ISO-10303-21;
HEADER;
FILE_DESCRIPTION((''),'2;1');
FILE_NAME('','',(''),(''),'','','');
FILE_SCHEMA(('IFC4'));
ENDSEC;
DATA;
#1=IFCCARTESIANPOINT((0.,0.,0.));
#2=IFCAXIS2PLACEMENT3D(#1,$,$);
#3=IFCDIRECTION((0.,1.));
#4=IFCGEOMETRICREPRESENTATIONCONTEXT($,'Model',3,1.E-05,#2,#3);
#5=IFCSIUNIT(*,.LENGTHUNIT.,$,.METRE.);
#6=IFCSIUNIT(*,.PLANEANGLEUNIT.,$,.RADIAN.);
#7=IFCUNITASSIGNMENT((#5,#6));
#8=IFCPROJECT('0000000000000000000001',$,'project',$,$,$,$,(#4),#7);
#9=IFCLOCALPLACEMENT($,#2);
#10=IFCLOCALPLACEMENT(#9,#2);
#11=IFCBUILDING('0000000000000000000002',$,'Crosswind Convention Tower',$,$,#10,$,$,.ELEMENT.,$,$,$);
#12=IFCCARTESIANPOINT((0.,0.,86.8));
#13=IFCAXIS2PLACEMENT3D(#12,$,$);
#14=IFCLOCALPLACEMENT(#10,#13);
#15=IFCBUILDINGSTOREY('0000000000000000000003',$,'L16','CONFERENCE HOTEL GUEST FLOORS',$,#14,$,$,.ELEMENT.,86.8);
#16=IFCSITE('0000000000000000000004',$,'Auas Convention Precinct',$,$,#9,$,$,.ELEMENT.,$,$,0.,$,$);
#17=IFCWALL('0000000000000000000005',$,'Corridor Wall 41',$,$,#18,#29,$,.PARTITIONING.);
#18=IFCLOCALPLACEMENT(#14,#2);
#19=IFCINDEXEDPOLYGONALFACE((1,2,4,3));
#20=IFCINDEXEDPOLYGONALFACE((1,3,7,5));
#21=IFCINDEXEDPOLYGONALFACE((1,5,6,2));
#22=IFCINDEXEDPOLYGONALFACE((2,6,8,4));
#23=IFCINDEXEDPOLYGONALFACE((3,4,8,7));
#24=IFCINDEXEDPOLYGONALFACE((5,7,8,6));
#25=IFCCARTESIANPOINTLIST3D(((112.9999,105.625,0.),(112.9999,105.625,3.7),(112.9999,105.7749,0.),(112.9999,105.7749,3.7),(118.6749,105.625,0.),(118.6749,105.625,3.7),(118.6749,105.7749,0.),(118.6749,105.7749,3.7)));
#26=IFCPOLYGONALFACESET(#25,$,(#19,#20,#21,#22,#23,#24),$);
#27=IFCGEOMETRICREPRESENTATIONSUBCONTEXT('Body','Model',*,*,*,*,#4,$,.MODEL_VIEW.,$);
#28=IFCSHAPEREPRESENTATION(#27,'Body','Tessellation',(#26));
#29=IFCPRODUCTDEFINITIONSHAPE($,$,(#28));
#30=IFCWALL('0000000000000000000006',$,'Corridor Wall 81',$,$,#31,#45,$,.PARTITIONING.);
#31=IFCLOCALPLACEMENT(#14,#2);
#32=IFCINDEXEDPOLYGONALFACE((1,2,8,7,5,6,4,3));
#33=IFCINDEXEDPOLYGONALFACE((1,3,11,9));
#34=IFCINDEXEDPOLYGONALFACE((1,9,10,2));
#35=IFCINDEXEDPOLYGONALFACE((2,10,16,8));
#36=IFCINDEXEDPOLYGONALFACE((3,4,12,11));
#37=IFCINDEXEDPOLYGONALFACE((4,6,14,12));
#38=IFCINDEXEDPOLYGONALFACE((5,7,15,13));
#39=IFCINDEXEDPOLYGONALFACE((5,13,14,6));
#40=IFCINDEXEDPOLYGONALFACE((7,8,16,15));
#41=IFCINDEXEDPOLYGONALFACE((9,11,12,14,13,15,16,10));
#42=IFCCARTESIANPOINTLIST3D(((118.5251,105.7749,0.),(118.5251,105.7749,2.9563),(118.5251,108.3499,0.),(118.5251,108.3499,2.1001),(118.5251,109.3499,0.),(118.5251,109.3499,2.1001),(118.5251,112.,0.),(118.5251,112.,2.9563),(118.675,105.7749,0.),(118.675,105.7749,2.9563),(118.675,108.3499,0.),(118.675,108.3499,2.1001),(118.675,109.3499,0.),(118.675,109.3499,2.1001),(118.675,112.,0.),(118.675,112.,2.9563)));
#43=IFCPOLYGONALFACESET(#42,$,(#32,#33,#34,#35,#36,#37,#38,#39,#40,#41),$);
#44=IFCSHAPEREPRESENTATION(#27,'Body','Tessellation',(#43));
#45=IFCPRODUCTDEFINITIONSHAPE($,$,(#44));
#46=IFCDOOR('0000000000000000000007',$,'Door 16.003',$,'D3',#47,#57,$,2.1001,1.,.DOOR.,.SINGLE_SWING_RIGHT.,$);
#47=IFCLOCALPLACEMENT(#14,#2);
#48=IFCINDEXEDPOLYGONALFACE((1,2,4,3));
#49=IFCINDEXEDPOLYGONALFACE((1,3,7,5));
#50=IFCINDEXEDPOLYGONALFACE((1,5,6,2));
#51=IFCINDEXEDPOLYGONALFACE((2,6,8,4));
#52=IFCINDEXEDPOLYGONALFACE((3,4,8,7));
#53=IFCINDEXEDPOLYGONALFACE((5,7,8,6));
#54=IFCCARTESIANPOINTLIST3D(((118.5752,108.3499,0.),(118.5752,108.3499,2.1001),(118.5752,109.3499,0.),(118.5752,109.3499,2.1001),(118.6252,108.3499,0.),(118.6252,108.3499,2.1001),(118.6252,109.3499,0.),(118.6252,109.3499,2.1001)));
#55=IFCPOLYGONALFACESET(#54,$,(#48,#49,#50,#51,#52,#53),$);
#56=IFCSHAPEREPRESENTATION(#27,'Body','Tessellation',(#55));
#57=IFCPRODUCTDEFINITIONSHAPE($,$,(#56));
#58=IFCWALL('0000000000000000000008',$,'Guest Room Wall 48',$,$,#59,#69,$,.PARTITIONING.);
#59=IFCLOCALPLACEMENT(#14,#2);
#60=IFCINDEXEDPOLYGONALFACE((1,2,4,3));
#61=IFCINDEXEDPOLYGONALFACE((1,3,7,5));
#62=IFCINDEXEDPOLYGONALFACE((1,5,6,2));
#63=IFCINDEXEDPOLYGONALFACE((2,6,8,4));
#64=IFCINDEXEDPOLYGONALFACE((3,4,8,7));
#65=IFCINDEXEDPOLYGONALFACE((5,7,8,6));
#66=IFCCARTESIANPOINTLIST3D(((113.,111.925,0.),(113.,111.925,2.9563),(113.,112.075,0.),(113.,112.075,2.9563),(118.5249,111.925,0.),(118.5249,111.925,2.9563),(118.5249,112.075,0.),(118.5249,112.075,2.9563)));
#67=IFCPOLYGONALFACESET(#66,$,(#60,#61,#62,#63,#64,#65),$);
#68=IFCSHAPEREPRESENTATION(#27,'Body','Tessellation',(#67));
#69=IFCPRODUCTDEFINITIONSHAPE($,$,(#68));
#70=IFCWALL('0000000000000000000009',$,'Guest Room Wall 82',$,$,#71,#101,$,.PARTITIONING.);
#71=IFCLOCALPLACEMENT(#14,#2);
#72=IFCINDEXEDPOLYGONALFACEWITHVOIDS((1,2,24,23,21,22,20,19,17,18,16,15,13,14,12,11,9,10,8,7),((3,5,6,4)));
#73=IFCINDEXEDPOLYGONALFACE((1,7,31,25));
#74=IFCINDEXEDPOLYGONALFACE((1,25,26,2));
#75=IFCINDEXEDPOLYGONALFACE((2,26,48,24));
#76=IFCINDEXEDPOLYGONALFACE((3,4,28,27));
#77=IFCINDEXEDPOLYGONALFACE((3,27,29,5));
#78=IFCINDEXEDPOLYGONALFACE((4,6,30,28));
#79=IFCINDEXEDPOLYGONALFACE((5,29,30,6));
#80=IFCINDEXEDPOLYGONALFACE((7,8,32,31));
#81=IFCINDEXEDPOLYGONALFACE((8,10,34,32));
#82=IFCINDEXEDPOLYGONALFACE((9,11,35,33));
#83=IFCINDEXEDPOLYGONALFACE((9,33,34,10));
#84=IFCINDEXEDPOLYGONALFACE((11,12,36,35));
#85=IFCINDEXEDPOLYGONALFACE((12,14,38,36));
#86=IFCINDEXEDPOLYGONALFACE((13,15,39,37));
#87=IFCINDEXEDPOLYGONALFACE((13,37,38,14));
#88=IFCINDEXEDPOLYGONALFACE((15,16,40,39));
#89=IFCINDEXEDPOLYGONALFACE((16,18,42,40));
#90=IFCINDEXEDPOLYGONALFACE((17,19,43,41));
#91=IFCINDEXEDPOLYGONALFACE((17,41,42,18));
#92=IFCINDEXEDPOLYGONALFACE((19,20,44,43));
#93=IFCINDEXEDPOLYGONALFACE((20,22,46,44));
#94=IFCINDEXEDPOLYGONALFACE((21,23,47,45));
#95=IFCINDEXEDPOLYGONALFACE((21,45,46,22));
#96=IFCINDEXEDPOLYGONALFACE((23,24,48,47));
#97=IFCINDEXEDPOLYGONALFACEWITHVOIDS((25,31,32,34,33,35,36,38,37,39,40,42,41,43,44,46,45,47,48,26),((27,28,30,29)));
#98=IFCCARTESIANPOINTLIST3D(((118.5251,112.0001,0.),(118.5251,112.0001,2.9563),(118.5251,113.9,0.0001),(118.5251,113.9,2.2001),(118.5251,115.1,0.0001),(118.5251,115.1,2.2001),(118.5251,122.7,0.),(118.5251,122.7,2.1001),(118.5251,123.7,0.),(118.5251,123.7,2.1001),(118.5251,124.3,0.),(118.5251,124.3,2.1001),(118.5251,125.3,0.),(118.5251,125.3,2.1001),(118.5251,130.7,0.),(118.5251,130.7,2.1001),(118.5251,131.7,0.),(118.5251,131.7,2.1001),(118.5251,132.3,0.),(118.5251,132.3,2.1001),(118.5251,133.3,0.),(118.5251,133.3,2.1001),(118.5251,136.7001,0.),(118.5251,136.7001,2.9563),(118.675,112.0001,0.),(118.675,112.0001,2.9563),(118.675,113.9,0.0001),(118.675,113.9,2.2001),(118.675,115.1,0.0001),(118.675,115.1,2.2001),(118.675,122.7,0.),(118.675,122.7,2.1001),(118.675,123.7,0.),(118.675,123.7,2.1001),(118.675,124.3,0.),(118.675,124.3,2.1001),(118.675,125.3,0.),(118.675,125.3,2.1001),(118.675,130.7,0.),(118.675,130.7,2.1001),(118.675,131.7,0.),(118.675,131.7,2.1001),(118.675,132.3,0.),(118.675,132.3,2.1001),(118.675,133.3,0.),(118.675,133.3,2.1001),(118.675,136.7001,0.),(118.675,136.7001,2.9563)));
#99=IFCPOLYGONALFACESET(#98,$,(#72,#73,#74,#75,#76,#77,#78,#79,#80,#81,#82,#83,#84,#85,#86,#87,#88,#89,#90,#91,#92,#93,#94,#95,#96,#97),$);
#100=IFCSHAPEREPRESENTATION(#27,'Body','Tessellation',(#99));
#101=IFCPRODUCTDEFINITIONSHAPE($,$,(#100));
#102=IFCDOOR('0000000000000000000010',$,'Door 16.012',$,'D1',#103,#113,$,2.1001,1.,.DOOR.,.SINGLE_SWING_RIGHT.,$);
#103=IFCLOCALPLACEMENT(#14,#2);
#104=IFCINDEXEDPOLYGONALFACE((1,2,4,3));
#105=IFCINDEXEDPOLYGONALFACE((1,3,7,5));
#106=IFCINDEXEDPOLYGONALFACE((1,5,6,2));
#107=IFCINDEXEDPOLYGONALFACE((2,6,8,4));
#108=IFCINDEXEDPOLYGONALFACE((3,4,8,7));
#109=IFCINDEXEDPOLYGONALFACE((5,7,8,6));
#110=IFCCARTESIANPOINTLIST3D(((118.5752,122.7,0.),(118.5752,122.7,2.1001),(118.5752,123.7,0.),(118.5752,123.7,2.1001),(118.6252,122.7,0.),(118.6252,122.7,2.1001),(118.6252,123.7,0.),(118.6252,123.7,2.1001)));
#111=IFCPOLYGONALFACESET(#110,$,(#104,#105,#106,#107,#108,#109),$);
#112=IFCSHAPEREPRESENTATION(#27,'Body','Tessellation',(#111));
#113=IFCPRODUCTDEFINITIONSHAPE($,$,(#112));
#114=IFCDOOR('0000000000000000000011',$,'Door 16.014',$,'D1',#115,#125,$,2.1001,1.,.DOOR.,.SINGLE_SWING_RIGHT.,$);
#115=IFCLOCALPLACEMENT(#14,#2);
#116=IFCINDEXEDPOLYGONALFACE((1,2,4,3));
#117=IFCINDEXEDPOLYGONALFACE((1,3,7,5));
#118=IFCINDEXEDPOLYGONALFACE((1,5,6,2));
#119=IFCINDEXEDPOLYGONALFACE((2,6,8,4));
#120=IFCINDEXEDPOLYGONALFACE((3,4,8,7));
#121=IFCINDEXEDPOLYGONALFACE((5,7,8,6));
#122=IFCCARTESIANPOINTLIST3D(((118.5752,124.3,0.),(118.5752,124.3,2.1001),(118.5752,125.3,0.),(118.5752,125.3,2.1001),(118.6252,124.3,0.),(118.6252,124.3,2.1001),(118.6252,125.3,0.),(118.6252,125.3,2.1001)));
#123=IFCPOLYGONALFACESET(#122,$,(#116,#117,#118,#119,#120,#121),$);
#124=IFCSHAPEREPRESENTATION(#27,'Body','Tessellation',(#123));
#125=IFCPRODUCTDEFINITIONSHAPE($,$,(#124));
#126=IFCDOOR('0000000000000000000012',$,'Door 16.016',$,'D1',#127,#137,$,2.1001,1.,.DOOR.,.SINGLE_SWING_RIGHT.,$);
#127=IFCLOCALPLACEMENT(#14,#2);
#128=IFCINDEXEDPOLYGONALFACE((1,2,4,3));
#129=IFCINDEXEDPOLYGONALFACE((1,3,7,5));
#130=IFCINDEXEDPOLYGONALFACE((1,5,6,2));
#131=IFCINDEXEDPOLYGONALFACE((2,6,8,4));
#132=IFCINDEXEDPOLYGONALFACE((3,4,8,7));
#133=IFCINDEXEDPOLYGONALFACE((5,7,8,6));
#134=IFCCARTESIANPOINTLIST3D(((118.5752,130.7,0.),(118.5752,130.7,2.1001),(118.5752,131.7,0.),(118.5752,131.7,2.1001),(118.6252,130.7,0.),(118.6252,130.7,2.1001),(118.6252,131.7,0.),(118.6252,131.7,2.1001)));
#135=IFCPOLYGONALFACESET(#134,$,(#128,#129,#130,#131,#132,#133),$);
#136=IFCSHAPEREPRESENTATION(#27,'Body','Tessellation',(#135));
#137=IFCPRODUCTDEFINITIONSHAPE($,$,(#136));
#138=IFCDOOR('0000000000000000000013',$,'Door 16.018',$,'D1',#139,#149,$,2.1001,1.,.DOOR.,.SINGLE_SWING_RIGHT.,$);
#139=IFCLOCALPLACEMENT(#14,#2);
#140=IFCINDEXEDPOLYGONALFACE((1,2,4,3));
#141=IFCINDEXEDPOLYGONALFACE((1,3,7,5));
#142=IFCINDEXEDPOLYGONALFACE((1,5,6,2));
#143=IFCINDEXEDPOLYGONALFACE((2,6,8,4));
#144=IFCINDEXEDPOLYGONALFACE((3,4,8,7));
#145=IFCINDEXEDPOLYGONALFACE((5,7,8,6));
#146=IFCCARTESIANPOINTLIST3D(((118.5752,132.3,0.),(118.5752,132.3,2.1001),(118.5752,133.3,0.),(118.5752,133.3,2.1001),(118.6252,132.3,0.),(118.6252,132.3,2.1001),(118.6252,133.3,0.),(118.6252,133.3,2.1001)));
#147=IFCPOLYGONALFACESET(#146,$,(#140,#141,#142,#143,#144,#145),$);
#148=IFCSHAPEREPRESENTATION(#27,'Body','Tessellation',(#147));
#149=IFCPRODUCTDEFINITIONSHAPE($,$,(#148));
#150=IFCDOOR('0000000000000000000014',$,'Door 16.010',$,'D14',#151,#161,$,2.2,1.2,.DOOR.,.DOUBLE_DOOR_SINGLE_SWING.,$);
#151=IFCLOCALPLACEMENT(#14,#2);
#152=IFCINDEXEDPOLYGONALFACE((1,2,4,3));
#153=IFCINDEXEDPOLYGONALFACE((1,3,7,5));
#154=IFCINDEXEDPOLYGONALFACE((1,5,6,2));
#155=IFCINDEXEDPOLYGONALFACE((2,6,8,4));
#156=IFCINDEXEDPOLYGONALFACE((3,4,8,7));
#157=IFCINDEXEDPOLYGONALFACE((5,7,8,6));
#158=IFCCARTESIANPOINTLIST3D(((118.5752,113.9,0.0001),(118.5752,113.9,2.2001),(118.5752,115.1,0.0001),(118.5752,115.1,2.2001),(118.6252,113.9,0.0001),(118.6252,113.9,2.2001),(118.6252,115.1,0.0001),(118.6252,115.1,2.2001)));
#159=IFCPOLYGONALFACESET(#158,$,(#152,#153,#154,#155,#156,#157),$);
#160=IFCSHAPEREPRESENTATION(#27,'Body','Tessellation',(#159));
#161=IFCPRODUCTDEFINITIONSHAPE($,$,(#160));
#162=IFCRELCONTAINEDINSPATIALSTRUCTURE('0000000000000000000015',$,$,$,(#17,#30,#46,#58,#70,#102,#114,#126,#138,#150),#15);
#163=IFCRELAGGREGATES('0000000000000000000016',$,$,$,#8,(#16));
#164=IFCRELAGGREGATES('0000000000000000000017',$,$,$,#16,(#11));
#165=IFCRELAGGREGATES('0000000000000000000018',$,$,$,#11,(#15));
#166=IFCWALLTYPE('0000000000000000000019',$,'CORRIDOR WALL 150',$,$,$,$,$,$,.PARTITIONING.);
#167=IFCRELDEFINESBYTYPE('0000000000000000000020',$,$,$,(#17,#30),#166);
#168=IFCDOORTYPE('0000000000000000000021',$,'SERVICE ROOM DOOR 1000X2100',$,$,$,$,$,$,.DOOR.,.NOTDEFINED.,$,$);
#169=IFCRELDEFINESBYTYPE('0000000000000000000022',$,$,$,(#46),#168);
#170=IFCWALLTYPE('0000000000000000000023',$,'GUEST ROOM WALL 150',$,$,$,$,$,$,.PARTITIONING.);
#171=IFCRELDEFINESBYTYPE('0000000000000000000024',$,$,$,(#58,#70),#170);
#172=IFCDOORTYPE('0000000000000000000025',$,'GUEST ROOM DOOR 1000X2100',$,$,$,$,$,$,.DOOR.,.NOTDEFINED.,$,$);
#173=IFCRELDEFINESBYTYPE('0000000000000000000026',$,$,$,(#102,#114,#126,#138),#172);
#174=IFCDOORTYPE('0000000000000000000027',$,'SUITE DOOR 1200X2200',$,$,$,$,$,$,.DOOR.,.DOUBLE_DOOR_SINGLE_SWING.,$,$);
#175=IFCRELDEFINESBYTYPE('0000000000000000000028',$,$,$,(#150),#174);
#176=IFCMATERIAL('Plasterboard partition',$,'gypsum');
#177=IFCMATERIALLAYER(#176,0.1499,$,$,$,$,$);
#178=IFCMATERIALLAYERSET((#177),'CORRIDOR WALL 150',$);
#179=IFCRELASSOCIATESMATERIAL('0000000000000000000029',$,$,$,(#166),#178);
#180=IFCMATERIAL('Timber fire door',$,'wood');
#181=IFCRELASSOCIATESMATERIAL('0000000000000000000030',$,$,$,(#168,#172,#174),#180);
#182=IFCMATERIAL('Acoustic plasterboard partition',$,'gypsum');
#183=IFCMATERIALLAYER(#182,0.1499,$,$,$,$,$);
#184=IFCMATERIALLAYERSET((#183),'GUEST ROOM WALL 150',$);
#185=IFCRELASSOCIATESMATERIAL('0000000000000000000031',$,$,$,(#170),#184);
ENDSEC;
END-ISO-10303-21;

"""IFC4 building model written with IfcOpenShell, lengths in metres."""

from ifc_helpers import new_model, si_unit, direction, frame, frame_2d, origin, place, context, subcontext, project, spatial, rectangle, extrude, material, layer, layer_set, type_object, element, fill, save


model = new_model("IFC4")

# Units and contexts
model_context = context("Model", 3, precision=1e-05, world=origin(), true_north=direction((0.0, 1.0)))
body_context = subcontext(model_context, "Body", "Model", "MODEL_VIEW")
ifc_project = project(units=[si_unit("LENGTHUNIT", "METRE"), si_unit("PLANEANGLEUNIT", "RADIAN")], contexts=[model_context])

# Site, building, storey
site_placement = place(None, origin())
site = spatial("IfcSite", under=ifc_project, at=site_placement, Name="Auas Convention Precinct", CompositionType="ELEMENT", RefElevation=0.0)
building_placement = place(site_placement, origin())
building = spatial("IfcBuilding", under=site, at=building_placement, Name="Crosswind Convention Tower", CompositionType="ELEMENT")
storey_placement = place(building_placement, frame((0.0, 0.0, 86.8)))
storey = spatial("IfcBuildingStorey", under=building, at=storey_placement, Name="L16", Description="CONFERENCE HOTEL GUEST FLOORS", CompositionType="ELEMENT", Elevation=86.8)

# Wall
ifc_material_1 = material(Name="Plasterboard partition", Category="gypsum")
ifc_layer_1 = layer(ifc_material_1, 0.1499)
ifc_layer_set_1 = layer_set([ifc_layer_1], Name="CORRIDOR WALL 150")
wall_type_1 = type_object("IfcWallType", Name="CORRIDOR WALL 150", PredefinedType="PARTITIONING", material=ifc_layer_set_1)
wall_1_placement = place(storey_placement, frame((113.0, 105.7, 0.0), z_axis=(0.0, 0.0, 1.0), x_axis=(1.0, 0.0, 0.0)))
element("IfcWall", 1, at=wall_1_placement, inside=storey, type_object=wall_type_1, Name="Corridor Wall 41", PredefinedType="PARTITIONING", context=body_context, shape_type="SweptSolid", body=[
    extrude(rectangle(XDim=5.675, YDim=0.1499, at=frame_2d((2.8374, 0.0))), origin(), (0.0, 0.0, 1.0), 3.7),
])

# Wall, opening, door
wall_2_placement = place(storey_placement, frame((118.6001, 105.7749, 0.0), z_axis=(0.0, 0.0, 1.0), x_axis=(0.0, 1.0, 0.0)))
wall_2 = element("IfcWall", 2, at=wall_2_placement, inside=storey, type_object=wall_type_1, Name="Corridor Wall 81", PredefinedType="PARTITIONING", context=body_context, shape_type="SweptSolid", body=[
    extrude(rectangle(XDim=6.2251, YDim=0.1499, at=frame_2d((3.1125, 0.0))), origin(), (0.0, 0.0, 1.0), 2.9563),
])
opening_1_placement = place(wall_2_placement, frame((2.575, 0.0, 0.0)))
opening_1 = element("IfcOpeningElement", 3, at=opening_1_placement, cuts=wall_2, PredefinedType="OPENING", context=body_context, shape_type="SweptSolid", body=[
    extrude(rectangle(XDim=1.0, YDim=2.1001, at=frame_2d((0.5, 1.05))), frame((0.0, 0.085, 0.0), z_axis=(0.0, -1.0, 0.0), x_axis=(1.0, 0.0, 0.0)), (0.0, 0.0, 1.0), 0.1699),
])
ifc_material_2 = material(Name="Timber fire door", Category="wood")
door_type_1 = type_object("IfcDoorType", Name="SERVICE ROOM DOOR 1000X2100", OperationType="NOTDEFINED", PredefinedType="DOOR", material=ifc_material_2)
door_1_placement = place(opening_1_placement, origin())
door_1 = element("IfcDoor", 4, at=door_1_placement, inside=storey, type_object=door_type_1, Name="Door 16.003", ObjectType="D3", OperationType="SINGLE_SWING_RIGHT", OverallHeight=2.1001, OverallWidth=1.0, PredefinedType="DOOR", context=body_context, shape_type="SweptSolid", body=[
    extrude(rectangle(XDim=1.0, YDim=2.1001, at=frame_2d((0.5, 1.05))), frame((0.0, 0.0249, 0.0), z_axis=(0.0, -1.0, 0.0), x_axis=(1.0, 0.0, 0.0)), (0.0, 0.0, 1.0), 0.05),
])
fill(opening_1, door_1)

# Wall
ifc_material_3 = material(Name="Acoustic plasterboard partition", Category="gypsum")
ifc_layer_2 = layer(ifc_material_3, 0.1499)
ifc_layer_set_2 = layer_set([ifc_layer_2], Name="GUEST ROOM WALL 150")
wall_type_2 = type_object("IfcWallType", Name="GUEST ROOM WALL 150", PredefinedType="PARTITIONING", material=ifc_layer_set_2)
wall_3_placement = place(storey_placement, frame((113.0, 112.0, 0.0), z_axis=(0.0, 0.0, 1.0), x_axis=(1.0, 0.0, 0.0)))
element("IfcWall", 5, at=wall_3_placement, inside=storey, type_object=wall_type_2, Name="Guest Room Wall 48", PredefinedType="PARTITIONING", context=body_context, shape_type="SweptSolid", body=[
    extrude(rectangle(XDim=5.5249, YDim=0.1499, at=frame_2d((2.7625, 0.0))), origin(), (0.0, 0.0, 1.0), 2.9563),
])

# Wall, openings, doors
wall_4_placement = place(storey_placement, frame((118.6001, 112.0, 0.0), z_axis=(0.0, 0.0, 1.0), x_axis=(0.0, 1.0, 0.0)))
wall_4 = element("IfcWall", 6, at=wall_4_placement, inside=storey, type_object=wall_type_2, Name="Guest Room Wall 82", PredefinedType="PARTITIONING", context=body_context, shape_type="SweptSolid", body=[
    extrude(rectangle(XDim=24.7, YDim=0.1499, at=frame_2d((12.3501, 0.0))), origin(), (0.0, 0.0, 1.0), 2.9563),
])
opening_2_placement = place(wall_4_placement, frame((1.8999, 0.0, 0.0)))
opening_2 = element("IfcOpeningElement", 7, at=opening_2_placement, cuts=wall_4, PredefinedType="OPENING", context=body_context, shape_type="SweptSolid", body=[
    extrude(rectangle(XDim=1.2, YDim=2.2, at=frame_2d((0.6001, 1.1001))), frame((0.0, 0.085, 0.0), z_axis=(0.0, -1.0, 0.0), x_axis=(1.0, 0.0, 0.0)), (0.0, 0.0, 1.0), 0.1699),
])
opening_3_placement = place(wall_4_placement, frame((10.7, 0.0, 0.0)))
opening_3 = element("IfcOpeningElement", 8, at=opening_3_placement, cuts=wall_4, PredefinedType="OPENING", context=body_context, shape_type="SweptSolid", body=[
    extrude(rectangle(XDim=1.0, YDim=2.1001, at=frame_2d((0.5, 1.05))), frame((0.0, 0.085, 0.0), z_axis=(0.0, -1.0, 0.0), x_axis=(1.0, 0.0, 0.0)), (0.0, 0.0, 1.0), 0.1699),
])
opening_4_placement = place(wall_4_placement, frame((12.3, 0.0, 0.0)))
opening_4 = element("IfcOpeningElement", 9, at=opening_4_placement, cuts=wall_4, PredefinedType="OPENING", context=body_context, shape_type="SweptSolid", body=[
    extrude(rectangle(XDim=1.0, YDim=2.1001, at=frame_2d((0.5, 1.05))), frame((0.0, 0.085, 0.0), z_axis=(0.0, -1.0, 0.0), x_axis=(1.0, 0.0, 0.0)), (0.0, 0.0, 1.0), 0.1699),
])
opening_5_placement = place(wall_4_placement, frame((18.7, 0.0, 0.0)))
opening_5 = element("IfcOpeningElement", 10, at=opening_5_placement, cuts=wall_4, PredefinedType="OPENING", context=body_context, shape_type="SweptSolid", body=[
    extrude(rectangle(XDim=1.0, YDim=2.1001, at=frame_2d((0.5, 1.05))), frame((0.0, 0.085, 0.0), z_axis=(0.0, -1.0, 0.0), x_axis=(1.0, 0.0, 0.0)), (0.0, 0.0, 1.0), 0.1699),
])
opening_6_placement = place(wall_4_placement, frame((20.3, 0.0, 0.0)))
opening_6 = element("IfcOpeningElement", 11, at=opening_6_placement, cuts=wall_4, PredefinedType="OPENING", context=body_context, shape_type="SweptSolid", body=[
    extrude(rectangle(XDim=1.0, YDim=2.1001, at=frame_2d((0.5, 1.05))), frame((0.0, 0.085, 0.0), z_axis=(0.0, -1.0, 0.0), x_axis=(1.0, 0.0, 0.0)), (0.0, 0.0, 1.0), 0.1699),
])
door_type_2 = type_object("IfcDoorType", Name="GUEST ROOM DOOR 1000X2100", OperationType="NOTDEFINED", PredefinedType="DOOR", material=ifc_material_2)
door_2_placement = place(opening_3_placement, origin())
door_2 = element("IfcDoor", 12, at=door_2_placement, inside=storey, type_object=door_type_2, Name="Door 16.012", ObjectType="D1", OperationType="SINGLE_SWING_RIGHT", OverallHeight=2.1001, OverallWidth=1.0, PredefinedType="DOOR", context=body_context, shape_type="SweptSolid", body=[
    extrude(rectangle(XDim=1.0, YDim=2.1001, at=frame_2d((0.5, 1.05))), frame((0.0, 0.0249, 0.0), z_axis=(0.0, -1.0, 0.0), x_axis=(1.0, 0.0, 0.0)), (0.0, 0.0, 1.0), 0.05),
])
fill(opening_3, door_2)
door_3_placement = place(opening_4_placement, origin())
door_3 = element("IfcDoor", 13, at=door_3_placement, inside=storey, type_object=door_type_2, Name="Door 16.014", ObjectType="D1", OperationType="SINGLE_SWING_RIGHT", OverallHeight=2.1001, OverallWidth=1.0, PredefinedType="DOOR", context=body_context, shape_type="SweptSolid", body=[
    extrude(rectangle(XDim=1.0, YDim=2.1001, at=frame_2d((0.5, 1.05))), frame((0.0, 0.0249, 0.0), z_axis=(0.0, -1.0, 0.0), x_axis=(1.0, 0.0, 0.0)), (0.0, 0.0, 1.0), 0.05),
])
fill(opening_4, door_3)
door_4_placement = place(opening_5_placement, origin())
door_4 = element("IfcDoor", 14, at=door_4_placement, inside=storey, type_object=door_type_2, Name="Door 16.016", ObjectType="D1", OperationType="SINGLE_SWING_RIGHT", OverallHeight=2.1001, OverallWidth=1.0, PredefinedType="DOOR", context=body_context, shape_type="SweptSolid", body=[
    extrude(rectangle(XDim=1.0, YDim=2.1001, at=frame_2d((0.5, 1.05))), frame((0.0, 0.0249, 0.0), z_axis=(0.0, -1.0, 0.0), x_axis=(1.0, 0.0, 0.0)), (0.0, 0.0, 1.0), 0.05),
])
fill(opening_5, door_4)
door_5_placement = place(opening_6_placement, origin())
door_5 = element("IfcDoor", 15, at=door_5_placement, inside=storey, type_object=door_type_2, Name="Door 16.018", ObjectType="D1", OperationType="SINGLE_SWING_RIGHT", OverallHeight=2.1001, OverallWidth=1.0, PredefinedType="DOOR", context=body_context, shape_type="SweptSolid", body=[
    extrude(rectangle(XDim=1.0, YDim=2.1001, at=frame_2d((0.5, 1.05))), frame((0.0, 0.0249, 0.0), z_axis=(0.0, -1.0, 0.0), x_axis=(1.0, 0.0, 0.0)), (0.0, 0.0, 1.0), 0.05),
])
fill(opening_6, door_5)
door_type_3 = type_object("IfcDoorType", Name="SUITE DOOR 1200X2200", OperationType="DOUBLE_DOOR_SINGLE_SWING", PredefinedType="DOOR", material=ifc_material_2)
door_6_placement = place(opening_2_placement, origin())
door_6 = element("IfcDoor", 16, at=door_6_placement, inside=storey, type_object=door_type_3, Name="Door 16.010", ObjectType="D14", OperationType="DOUBLE_DOOR_SINGLE_SWING", OverallHeight=2.2, OverallWidth=1.2, PredefinedType="DOOR", context=body_context, shape_type="SweptSolid", body=[
    extrude(rectangle(XDim=1.2, YDim=2.2, at=frame_2d((0.6001, 1.1001))), frame((0.0, 0.0249, 0.0), z_axis=(0.0, -1.0, 0.0), x_axis=(1.0, 0.0, 0.0)), (0.0, 0.0, 1.0), 0.05),
])
fill(opening_2, door_6)

save(model, "model.ifc")
